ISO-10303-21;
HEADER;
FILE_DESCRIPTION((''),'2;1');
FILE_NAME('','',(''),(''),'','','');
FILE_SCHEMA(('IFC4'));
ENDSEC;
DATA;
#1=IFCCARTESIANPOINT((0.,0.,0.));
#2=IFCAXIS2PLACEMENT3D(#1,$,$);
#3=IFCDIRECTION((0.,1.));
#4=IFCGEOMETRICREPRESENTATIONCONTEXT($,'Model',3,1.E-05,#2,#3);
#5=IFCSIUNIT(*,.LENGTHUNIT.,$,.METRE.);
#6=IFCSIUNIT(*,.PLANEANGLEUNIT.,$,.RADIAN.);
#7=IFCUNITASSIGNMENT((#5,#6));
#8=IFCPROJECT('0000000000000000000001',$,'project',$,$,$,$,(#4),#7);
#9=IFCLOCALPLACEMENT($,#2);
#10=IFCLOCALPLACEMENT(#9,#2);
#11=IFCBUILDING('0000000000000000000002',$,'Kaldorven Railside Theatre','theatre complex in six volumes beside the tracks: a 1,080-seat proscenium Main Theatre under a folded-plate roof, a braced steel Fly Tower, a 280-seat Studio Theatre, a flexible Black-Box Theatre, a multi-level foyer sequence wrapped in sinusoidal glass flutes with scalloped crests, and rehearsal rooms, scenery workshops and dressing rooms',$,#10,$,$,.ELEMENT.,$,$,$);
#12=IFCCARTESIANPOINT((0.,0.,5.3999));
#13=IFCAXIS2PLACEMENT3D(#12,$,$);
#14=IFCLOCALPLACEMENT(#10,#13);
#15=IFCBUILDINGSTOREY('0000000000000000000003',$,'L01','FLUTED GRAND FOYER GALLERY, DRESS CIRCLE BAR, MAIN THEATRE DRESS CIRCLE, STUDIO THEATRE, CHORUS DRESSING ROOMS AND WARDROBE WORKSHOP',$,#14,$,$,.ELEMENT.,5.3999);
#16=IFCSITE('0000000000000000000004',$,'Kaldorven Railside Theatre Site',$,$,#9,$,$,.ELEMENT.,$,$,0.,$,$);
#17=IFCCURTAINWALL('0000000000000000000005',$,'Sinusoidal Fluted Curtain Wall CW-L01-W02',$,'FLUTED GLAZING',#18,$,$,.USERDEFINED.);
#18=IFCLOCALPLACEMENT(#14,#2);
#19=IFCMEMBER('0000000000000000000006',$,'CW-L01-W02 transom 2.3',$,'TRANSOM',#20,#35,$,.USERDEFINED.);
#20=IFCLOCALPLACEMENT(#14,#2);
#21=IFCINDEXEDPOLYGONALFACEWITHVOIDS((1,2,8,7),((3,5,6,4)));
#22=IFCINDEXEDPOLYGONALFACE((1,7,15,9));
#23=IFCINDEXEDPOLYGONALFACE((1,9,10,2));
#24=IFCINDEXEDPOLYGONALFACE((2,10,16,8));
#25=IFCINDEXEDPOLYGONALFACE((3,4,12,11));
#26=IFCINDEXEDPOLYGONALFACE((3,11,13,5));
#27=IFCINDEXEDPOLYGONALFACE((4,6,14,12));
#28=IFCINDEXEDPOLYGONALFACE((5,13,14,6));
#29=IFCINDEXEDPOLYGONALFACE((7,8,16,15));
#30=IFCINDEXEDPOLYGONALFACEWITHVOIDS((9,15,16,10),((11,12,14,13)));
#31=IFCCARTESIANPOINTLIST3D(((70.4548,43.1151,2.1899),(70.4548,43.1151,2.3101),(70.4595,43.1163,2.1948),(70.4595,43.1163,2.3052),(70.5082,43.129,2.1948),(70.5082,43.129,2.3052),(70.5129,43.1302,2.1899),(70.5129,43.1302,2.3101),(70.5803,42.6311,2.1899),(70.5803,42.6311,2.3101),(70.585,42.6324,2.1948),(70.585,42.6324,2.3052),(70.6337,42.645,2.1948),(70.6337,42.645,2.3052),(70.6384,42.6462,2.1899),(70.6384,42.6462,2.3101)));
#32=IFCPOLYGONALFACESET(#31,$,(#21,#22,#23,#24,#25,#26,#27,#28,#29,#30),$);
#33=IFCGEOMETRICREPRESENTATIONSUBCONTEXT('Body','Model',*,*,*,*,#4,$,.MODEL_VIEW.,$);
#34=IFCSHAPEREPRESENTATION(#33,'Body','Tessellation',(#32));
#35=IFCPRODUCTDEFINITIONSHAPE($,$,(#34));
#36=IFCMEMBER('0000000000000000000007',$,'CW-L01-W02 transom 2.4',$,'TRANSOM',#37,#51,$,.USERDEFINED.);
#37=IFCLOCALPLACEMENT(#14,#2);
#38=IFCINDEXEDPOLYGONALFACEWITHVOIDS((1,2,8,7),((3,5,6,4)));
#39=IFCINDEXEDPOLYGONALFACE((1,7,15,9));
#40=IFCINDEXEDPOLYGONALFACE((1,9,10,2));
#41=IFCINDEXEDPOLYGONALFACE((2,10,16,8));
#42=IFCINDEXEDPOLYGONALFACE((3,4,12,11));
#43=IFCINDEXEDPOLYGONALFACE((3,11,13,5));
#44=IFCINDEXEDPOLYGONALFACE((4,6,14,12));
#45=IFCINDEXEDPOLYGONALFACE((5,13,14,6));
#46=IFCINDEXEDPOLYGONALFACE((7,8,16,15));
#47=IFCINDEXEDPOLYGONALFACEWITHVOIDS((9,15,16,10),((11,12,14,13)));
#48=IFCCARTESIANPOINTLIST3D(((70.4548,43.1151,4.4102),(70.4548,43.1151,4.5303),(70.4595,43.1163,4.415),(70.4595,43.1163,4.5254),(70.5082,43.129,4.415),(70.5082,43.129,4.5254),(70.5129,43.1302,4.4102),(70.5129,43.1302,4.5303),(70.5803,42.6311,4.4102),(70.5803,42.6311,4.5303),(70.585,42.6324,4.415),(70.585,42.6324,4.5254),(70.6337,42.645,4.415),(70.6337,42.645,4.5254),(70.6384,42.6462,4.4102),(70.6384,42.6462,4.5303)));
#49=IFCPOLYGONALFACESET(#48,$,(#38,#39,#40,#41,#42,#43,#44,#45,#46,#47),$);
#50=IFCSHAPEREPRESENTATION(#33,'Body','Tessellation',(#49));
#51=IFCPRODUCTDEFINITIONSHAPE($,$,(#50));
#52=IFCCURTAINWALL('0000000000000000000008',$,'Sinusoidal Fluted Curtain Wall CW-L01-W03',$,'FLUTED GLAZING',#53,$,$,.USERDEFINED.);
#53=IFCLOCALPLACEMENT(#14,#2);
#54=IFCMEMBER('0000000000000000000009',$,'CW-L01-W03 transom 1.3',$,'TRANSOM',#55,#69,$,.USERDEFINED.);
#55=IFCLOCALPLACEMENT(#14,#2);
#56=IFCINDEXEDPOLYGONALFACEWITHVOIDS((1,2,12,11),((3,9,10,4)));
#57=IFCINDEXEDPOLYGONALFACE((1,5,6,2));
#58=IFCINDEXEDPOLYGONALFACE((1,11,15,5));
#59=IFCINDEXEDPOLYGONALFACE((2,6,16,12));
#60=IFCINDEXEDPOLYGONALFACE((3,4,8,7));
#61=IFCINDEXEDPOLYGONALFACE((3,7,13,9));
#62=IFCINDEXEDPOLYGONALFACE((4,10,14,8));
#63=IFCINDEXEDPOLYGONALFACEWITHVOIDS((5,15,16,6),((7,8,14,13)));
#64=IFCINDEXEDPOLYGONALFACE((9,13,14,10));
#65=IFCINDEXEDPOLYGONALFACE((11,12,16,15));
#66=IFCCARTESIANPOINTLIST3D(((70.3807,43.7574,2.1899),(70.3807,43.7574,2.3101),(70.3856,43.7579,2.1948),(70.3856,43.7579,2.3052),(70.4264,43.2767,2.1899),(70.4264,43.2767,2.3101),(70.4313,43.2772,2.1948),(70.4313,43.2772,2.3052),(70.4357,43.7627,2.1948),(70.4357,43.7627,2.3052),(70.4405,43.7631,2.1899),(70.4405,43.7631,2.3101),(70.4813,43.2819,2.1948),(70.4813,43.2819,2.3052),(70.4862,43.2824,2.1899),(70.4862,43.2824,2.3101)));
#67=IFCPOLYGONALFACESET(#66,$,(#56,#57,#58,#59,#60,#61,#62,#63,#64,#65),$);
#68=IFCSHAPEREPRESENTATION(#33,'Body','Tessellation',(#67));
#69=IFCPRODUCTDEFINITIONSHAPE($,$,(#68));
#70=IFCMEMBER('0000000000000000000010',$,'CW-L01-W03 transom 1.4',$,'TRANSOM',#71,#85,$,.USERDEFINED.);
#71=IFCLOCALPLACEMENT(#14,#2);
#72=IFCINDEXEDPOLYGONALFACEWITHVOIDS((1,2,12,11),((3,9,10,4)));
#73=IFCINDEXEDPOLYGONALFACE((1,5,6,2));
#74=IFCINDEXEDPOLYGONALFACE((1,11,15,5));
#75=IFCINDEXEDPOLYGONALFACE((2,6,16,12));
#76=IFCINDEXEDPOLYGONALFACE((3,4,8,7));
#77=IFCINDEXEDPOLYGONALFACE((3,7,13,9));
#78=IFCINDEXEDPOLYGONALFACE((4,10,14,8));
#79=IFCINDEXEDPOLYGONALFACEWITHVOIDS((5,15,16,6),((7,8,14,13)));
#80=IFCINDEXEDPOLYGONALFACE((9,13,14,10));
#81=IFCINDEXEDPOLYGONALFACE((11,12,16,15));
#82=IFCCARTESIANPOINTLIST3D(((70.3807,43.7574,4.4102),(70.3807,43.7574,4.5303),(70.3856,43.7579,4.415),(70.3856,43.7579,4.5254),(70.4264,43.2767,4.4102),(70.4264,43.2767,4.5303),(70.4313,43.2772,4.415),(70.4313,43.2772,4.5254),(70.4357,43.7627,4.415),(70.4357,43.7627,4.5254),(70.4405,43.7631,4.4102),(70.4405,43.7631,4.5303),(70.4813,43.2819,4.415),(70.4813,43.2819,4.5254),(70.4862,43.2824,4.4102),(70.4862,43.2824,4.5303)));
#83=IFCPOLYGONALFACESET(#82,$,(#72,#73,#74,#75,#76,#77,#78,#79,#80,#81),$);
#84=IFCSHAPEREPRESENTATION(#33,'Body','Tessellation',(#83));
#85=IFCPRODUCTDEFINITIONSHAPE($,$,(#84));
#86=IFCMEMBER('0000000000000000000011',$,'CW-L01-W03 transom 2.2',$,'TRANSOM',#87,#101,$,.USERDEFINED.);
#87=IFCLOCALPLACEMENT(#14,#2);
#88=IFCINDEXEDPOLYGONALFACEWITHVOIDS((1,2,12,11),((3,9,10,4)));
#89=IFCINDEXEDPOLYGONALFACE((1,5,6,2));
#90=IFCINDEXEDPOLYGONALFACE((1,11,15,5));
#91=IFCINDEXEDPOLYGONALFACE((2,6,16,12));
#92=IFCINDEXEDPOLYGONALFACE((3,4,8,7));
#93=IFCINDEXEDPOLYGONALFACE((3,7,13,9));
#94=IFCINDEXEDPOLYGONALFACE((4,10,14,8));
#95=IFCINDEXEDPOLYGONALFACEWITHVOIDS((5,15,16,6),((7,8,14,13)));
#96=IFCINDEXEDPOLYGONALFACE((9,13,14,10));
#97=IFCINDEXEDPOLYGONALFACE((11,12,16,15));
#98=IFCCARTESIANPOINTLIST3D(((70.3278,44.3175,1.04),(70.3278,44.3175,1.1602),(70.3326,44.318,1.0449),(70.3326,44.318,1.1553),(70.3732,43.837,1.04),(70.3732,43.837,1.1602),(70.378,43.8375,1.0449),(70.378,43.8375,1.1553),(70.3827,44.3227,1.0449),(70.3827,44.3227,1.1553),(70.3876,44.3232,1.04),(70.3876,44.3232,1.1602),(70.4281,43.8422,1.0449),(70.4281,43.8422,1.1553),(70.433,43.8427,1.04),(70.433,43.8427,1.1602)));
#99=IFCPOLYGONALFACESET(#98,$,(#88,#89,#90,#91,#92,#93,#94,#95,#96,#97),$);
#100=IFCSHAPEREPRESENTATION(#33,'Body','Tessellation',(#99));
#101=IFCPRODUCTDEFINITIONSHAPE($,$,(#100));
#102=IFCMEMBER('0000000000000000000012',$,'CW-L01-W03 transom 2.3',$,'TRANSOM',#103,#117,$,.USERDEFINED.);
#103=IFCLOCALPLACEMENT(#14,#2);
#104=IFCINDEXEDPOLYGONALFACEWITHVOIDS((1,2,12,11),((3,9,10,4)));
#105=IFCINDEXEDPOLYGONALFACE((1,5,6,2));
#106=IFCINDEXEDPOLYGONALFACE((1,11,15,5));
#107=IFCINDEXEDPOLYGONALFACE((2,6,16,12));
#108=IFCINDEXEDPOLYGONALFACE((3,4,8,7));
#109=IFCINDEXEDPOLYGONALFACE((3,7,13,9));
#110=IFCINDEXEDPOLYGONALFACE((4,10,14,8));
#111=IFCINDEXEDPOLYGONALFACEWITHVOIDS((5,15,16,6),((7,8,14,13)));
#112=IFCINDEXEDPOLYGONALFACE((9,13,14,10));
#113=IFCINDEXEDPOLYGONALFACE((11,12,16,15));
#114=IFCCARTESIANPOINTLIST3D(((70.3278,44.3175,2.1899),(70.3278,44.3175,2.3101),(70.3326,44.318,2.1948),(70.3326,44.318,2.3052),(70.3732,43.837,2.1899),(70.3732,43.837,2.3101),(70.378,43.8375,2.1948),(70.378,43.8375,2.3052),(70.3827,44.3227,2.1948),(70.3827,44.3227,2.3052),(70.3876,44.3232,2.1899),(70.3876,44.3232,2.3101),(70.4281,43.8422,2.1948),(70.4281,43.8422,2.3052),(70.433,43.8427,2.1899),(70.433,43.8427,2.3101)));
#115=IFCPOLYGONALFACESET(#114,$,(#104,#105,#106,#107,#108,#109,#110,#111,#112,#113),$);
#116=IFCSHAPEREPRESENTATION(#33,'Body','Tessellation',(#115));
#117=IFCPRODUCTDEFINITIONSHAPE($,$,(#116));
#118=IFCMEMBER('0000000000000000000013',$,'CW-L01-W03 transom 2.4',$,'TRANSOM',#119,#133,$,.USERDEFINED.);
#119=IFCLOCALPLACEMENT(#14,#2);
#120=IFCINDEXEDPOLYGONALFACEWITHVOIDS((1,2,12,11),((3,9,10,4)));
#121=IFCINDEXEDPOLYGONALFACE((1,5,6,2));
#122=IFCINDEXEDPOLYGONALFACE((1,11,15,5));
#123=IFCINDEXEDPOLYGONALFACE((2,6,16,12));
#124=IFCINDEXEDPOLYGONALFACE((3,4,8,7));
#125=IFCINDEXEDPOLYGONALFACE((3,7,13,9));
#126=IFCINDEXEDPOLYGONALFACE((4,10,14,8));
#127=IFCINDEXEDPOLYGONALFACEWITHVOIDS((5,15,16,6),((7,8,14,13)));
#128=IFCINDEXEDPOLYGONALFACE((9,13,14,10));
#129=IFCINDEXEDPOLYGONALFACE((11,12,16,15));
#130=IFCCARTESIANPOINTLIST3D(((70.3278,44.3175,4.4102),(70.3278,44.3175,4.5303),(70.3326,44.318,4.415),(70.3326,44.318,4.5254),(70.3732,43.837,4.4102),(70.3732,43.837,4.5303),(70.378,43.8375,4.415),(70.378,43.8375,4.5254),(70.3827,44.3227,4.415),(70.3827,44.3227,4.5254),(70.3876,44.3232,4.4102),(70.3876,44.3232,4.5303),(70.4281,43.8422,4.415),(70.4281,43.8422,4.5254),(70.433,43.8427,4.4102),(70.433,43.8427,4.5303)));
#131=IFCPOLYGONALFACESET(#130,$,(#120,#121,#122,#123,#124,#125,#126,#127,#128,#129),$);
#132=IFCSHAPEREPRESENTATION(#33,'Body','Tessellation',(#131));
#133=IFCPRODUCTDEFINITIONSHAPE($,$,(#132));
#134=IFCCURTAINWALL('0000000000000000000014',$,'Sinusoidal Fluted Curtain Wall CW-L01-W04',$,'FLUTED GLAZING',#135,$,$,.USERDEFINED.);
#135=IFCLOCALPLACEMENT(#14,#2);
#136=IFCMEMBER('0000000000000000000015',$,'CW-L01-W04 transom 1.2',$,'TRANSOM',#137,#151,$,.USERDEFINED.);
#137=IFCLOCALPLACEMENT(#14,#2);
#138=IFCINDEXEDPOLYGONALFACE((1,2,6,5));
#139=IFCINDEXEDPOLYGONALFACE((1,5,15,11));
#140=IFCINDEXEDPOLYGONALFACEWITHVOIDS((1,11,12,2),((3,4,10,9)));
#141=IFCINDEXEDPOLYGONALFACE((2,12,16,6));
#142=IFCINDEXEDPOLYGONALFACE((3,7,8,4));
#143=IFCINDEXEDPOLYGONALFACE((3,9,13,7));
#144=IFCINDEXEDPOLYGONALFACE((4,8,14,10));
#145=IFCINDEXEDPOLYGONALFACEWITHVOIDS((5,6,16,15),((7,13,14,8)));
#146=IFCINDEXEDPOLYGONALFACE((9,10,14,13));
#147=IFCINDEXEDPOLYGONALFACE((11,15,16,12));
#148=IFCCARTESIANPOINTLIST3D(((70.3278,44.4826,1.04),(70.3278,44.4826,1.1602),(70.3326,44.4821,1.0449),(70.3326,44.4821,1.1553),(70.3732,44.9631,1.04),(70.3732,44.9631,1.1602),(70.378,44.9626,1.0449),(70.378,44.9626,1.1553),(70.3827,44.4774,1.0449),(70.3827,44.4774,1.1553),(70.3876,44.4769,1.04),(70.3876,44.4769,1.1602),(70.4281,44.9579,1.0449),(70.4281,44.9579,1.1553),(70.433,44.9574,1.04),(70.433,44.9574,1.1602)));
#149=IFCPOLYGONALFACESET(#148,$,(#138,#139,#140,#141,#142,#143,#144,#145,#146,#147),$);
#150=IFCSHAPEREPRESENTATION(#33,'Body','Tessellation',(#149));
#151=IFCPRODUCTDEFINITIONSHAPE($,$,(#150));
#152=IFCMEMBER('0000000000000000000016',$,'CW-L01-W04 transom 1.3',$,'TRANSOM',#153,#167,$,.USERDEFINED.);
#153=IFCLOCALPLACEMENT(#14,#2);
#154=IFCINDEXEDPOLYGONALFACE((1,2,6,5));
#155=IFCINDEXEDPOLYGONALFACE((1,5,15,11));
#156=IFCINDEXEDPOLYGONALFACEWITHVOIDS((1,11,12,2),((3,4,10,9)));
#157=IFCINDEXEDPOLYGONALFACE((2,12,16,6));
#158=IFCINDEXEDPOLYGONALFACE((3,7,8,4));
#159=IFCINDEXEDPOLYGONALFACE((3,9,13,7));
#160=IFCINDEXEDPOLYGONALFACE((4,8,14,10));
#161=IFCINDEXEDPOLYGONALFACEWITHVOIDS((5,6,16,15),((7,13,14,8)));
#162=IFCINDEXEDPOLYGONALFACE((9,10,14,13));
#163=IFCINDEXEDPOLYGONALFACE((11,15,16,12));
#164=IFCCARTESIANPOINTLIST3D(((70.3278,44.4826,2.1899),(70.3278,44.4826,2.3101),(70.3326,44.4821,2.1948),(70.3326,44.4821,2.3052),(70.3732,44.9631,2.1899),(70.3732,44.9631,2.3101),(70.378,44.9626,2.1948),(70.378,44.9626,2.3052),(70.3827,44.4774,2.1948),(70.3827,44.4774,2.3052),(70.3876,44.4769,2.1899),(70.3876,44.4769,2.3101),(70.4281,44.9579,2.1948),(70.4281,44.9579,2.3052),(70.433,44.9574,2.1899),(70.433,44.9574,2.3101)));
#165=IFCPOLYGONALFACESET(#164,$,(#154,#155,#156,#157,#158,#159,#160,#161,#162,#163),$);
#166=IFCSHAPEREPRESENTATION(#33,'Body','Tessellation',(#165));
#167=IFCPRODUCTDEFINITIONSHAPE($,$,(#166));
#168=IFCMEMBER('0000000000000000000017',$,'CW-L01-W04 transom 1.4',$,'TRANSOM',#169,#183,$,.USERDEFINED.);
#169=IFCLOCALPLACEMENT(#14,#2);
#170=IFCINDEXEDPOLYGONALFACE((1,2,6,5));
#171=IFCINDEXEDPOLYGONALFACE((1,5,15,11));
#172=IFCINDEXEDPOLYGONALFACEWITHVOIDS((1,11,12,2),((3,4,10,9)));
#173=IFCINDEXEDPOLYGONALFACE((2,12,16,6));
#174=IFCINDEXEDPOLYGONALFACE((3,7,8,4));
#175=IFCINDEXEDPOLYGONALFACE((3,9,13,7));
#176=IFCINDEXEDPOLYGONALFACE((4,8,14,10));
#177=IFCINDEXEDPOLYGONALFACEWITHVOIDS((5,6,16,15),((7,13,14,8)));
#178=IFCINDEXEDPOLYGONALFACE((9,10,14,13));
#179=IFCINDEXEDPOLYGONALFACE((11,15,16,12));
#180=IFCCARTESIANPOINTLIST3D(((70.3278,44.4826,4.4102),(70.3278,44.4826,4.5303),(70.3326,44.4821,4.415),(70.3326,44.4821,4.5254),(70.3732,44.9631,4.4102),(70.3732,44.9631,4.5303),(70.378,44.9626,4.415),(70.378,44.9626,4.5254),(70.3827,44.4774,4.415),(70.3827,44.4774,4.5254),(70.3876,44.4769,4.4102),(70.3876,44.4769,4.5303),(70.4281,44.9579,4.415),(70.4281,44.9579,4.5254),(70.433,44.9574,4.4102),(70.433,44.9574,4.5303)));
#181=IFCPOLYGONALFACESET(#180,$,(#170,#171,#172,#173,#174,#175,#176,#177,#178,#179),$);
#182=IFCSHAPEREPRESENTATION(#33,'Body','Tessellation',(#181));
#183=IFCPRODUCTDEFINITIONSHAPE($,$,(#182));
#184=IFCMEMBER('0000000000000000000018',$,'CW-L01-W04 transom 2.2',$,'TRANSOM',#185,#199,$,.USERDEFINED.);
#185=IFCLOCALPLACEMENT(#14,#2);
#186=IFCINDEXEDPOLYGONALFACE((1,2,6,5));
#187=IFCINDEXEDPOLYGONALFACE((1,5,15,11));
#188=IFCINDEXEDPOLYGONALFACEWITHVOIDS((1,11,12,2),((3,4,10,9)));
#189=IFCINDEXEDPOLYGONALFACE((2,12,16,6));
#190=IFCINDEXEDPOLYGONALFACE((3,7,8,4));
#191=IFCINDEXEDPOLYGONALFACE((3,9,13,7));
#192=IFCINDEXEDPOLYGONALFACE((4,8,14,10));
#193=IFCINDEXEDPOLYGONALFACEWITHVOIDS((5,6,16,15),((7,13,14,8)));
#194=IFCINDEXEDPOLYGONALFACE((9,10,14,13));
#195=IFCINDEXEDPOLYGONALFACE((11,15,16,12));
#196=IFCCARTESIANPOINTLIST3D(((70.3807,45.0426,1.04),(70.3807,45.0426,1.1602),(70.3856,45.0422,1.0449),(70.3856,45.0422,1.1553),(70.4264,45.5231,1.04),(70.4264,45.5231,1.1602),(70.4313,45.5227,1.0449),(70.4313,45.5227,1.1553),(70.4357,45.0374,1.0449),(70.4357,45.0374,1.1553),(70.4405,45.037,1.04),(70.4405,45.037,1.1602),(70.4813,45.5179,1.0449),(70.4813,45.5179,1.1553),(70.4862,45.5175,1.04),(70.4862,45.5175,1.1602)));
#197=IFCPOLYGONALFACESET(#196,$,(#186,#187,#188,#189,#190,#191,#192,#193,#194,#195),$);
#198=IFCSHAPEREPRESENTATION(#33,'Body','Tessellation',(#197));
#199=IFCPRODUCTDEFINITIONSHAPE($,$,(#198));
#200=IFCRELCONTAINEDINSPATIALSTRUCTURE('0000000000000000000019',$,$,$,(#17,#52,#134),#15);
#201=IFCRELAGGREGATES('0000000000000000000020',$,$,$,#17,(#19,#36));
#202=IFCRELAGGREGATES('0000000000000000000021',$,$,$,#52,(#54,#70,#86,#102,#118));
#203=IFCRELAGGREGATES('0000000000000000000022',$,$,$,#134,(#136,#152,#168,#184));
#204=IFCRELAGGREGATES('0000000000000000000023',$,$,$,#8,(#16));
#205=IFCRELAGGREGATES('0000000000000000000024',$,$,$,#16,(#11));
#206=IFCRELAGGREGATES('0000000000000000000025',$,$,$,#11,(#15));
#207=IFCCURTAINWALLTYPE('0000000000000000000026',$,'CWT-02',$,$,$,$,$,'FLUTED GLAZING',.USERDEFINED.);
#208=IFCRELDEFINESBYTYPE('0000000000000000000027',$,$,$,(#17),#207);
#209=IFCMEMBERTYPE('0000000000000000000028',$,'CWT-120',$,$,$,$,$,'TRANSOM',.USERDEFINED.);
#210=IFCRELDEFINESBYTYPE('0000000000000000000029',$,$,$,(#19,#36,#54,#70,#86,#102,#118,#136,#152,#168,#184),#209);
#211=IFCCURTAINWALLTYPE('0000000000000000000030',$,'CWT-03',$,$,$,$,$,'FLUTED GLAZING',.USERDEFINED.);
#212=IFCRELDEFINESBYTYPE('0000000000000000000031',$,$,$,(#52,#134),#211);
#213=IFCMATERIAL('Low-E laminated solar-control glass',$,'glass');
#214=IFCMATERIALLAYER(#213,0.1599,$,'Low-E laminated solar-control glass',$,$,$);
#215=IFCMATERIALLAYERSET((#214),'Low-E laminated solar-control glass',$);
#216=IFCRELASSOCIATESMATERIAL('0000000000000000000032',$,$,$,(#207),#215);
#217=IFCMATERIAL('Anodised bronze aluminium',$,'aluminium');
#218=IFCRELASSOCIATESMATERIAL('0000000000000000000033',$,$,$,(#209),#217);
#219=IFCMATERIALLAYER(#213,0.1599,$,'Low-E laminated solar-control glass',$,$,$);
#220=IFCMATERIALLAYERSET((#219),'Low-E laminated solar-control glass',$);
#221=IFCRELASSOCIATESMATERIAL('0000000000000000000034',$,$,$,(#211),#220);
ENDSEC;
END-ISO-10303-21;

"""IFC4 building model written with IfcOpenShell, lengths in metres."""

from ifc_helpers import new_model, si_unit, direction, frame, origin, origin_2d, place, context, subcontext, project, spatial, hollow_rectangle, extrude, material, layer, layer_set, material_profile, profile_set, type_object, element, aggregate, save


model = new_model("IFC4")

# Units and contexts
model_context = context("Model", 3, precision=1e-05, world=origin(), true_north=direction((0.0, 1.0)))
body_context = subcontext(model_context, "Body", "Model", "MODEL_VIEW")
ifc_project = project(units=[si_unit("LENGTHUNIT", "METRE"), si_unit("PLANEANGLEUNIT", "RADIAN")], contexts=[model_context])

# Site, building, storey
site_placement = place(None, origin())
site = spatial("IfcSite", under=ifc_project, at=site_placement, Name="Kaldorven Railside Theatre Site", CompositionType="ELEMENT", RefElevation=0.0)
building_placement = place(site_placement, origin())
building = spatial("IfcBuilding", under=site, at=building_placement, Name="Kaldorven Railside Theatre", Description="theatre complex in six volumes beside the tracks: a 1,080-seat proscenium Main Theatre under a folded-plate roof, a braced steel Fly Tower, a 280-seat Studio Theatre, a flexible Black-Box Theatre, a multi-level foyer sequence wrapped in sinusoidal glass flutes with scalloped crests, and rehearsal rooms, scenery workshops and dressing rooms", CompositionType="ELEMENT")
storey_placement = place(building_placement, frame((0.0, 0.0, 5.3999)))
storey = spatial("IfcBuildingStorey", under=building, at=storey_placement, Name="L01", Description="FLUTED GRAND FOYER GALLERY, DRESS CIRCLE BAR, MAIN THEATRE DRESS CIRCLE, STUDIO THEATRE, CHORUS DRESSING ROOMS AND WARDROBE WORKSHOP", CompositionType="ELEMENT", Elevation=5.3999)

# Curtain walls, members
ifc_material_1 = material(Name="Low-E laminated solar-control glass", Category="glass")
ifc_layer_1 = layer(ifc_material_1, 0.1599, Name="Low-E laminated solar-control glass")
ifc_layer_set_1 = layer_set([ifc_layer_1], Name="Low-E laminated solar-control glass")
curtain_wall_type_1 = type_object("IfcCurtainWallType", Name="CWT-02", ElementType="FLUTED GLAZING", PredefinedType="USERDEFINED", material=ifc_layer_set_1)
curtain_wall_1_placement = place(storey_placement, origin())
curtain_wall_1 = element("IfcCurtainWall", 1, at=curtain_wall_1_placement, inside=storey, type_object=curtain_wall_type_1, Name="Sinusoidal Fluted Curtain Wall CW-L01-W02", ObjectType="FLUTED GLAZING", PredefinedType="USERDEFINED")
ifc_material_2 = material(Name="Anodised bronze aluminium", Category="aluminium")
ifc_material_profile = material_profile(ifc_material_2, hollow_rectangle(XDim=0.0601, YDim=0.1201, WallThickness=0.0049, at=origin_2d()), Name="RHS 120x60x5")
ifc_profile_set = profile_set([ifc_material_profile], Name="Anodised bronze aluminium")
member_type = type_object("IfcMemberType", Name="CWT-120", ElementType="TRANSOM", PredefinedType="USERDEFINED", material=ifc_profile_set)
member_1_placement = place(storey_placement, frame((70.6094, 42.6387, 2.25), z_axis=(-0.25103, 0.967979, 0.0), x_axis=(-0.967979, -0.25103, 0.0)))
member_1 = element("IfcMember", 2, at=member_1_placement, type_object=member_type, Name="CW-L01-W02 transom 2.3", ObjectType="TRANSOM", PredefinedType="USERDEFINED", context=body_context, shape_type="SweptSolid", body=[
    extrude(hollow_rectangle(XDim=0.0601, YDim=0.1201, WallThickness=0.0049, at=origin_2d()), origin(), (0.0, 0.0, 1.0), 0.5),
])
member_2_placement = place(storey_placement, frame((70.6094, 42.6387, 4.4702), z_axis=(-0.25103, 0.967979, 0.0), x_axis=(-0.967979, -0.25103, 0.0)))
member_2 = element("IfcMember", 3, at=member_2_placement, type_object=member_type, Name="CW-L01-W02 transom 2.4", ObjectType="TRANSOM", PredefinedType="USERDEFINED", context=body_context, shape_type="SweptSolid", body=[
    extrude(hollow_rectangle(XDim=0.0601, YDim=0.1201, WallThickness=0.0049, at=origin_2d()), origin(), (0.0, 0.0, 1.0), 0.5),
])
ifc_layer_2 = layer(ifc_material_1, 0.1599, Name="Low-E laminated solar-control glass")
ifc_layer_set_2 = layer_set([ifc_layer_2], Name="Low-E laminated solar-control glass")
curtain_wall_type_2 = type_object("IfcCurtainWallType", Name="CWT-03", ElementType="FLUTED GLAZING", PredefinedType="USERDEFINED", material=ifc_layer_set_2)
curtain_wall_2_placement = place(storey_placement, origin())
curtain_wall_2 = element("IfcCurtainWall", 4, at=curtain_wall_2_placement, inside=storey, type_object=curtain_wall_type_2, Name="Sinusoidal Fluted Curtain Wall CW-L01-W03", ObjectType="FLUTED GLAZING", PredefinedType="USERDEFINED")
member_3_placement = place(storey_placement, frame((70.4563, 43.2795, 2.25), z_axis=(-0.094547, 0.99552, 0.0), x_axis=(-0.99552, -0.094547, 0.0)))
member_3 = element("IfcMember", 5, at=member_3_placement, type_object=member_type, Name="CW-L01-W03 transom 1.3", ObjectType="TRANSOM", PredefinedType="USERDEFINED", context=body_context, shape_type="SweptSolid", body=[
    extrude(hollow_rectangle(XDim=0.0601, YDim=0.1201, WallThickness=0.0049, at=origin_2d()), origin(), (0.0, 0.0, 1.0), 0.4829),
])
member_4_placement = place(storey_placement, frame((70.4563, 43.2795, 4.4702), z_axis=(-0.094547, 0.99552, 0.0), x_axis=(-0.99552, -0.094547, 0.0)))
member_4 = element("IfcMember", 6, at=member_4_placement, type_object=member_type, Name="CW-L01-W03 transom 1.4", ObjectType="TRANSOM", PredefinedType="USERDEFINED", context=body_context, shape_type="SweptSolid", body=[
    extrude(hollow_rectangle(XDim=0.0601, YDim=0.1201, WallThickness=0.0049, at=origin_2d()), origin(), (0.0, 0.0, 1.0), 0.4829),
])
member_5_placement = place(storey_placement, frame((70.4031, 43.8398, 1.1001), z_axis=(-0.094093, 0.995563, 0.0), x_axis=(-0.995563, -0.094093, 0.0)))
member_5 = element("IfcMember", 7, at=member_5_placement, type_object=member_type, Name="CW-L01-W03 transom 2.2", ObjectType="TRANSOM", PredefinedType="USERDEFINED", context=body_context, shape_type="SweptSolid", body=[
    extrude(hollow_rectangle(XDim=0.0601, YDim=0.1201, WallThickness=0.0049, at=origin_2d()), origin(), (0.0, 0.0, 1.0), 0.4827),
])
member_6_placement = place(storey_placement, frame((70.4031, 43.8398, 2.25), z_axis=(-0.094093, 0.995563, 0.0), x_axis=(-0.995563, -0.094093, 0.0)))
member_6 = element("IfcMember", 8, at=member_6_placement, type_object=member_type, Name="CW-L01-W03 transom 2.3", ObjectType="TRANSOM", PredefinedType="USERDEFINED", context=body_context, shape_type="SweptSolid", body=[
    extrude(hollow_rectangle(XDim=0.0601, YDim=0.1201, WallThickness=0.0049, at=origin_2d()), origin(), (0.0, 0.0, 1.0), 0.4827),
])
member_7_placement = place(storey_placement, frame((70.4031, 43.8398, 4.4702), z_axis=(-0.094093, 0.995563, 0.0), x_axis=(-0.995563, -0.094093, 0.0)))
member_7 = element("IfcMember", 9, at=member_7_placement, type_object=member_type, Name="CW-L01-W03 transom 2.4", ObjectType="TRANSOM", PredefinedType="USERDEFINED", context=body_context, shape_type="SweptSolid", body=[
    extrude(hollow_rectangle(XDim=0.0601, YDim=0.1201, WallThickness=0.0049, at=origin_2d()), origin(), (0.0, 0.0, 1.0), 0.4827),
])
curtain_wall_3_placement = place(storey_placement, origin())
curtain_wall_3 = element("IfcCurtainWall", 10, at=curtain_wall_3_placement, inside=storey, type_object=curtain_wall_type_2, Name="Sinusoidal Fluted Curtain Wall CW-L01-W04", ObjectType="FLUTED GLAZING", PredefinedType="USERDEFINED")
member_8_placement = place(storey_placement, frame((70.3577, 44.4797, 1.1001), z_axis=(0.094093, 0.995563, 0.0), x_axis=(-0.995563, 0.094093, 0.0)))
member_8 = element("IfcMember", 11, at=member_8_placement, type_object=member_type, Name="CW-L01-W04 transom 1.2", ObjectType="TRANSOM", PredefinedType="USERDEFINED", context=body_context, shape_type="SweptSolid", body=[
    extrude(hollow_rectangle(XDim=0.0601, YDim=0.1201, WallThickness=0.0049, at=origin_2d()), origin(), (0.0, 0.0, 1.0), 0.4827),
])
member_9_placement = place(storey_placement, frame((70.3577, 44.4797, 2.25), z_axis=(0.094093, 0.995563, 0.0), x_axis=(-0.995563, 0.094093, 0.0)))
member_9 = element("IfcMember", 12, at=member_9_placement, type_object=member_type, Name="CW-L01-W04 transom 1.3", ObjectType="TRANSOM", PredefinedType="USERDEFINED", context=body_context, shape_type="SweptSolid", body=[
    extrude(hollow_rectangle(XDim=0.0601, YDim=0.1201, WallThickness=0.0049, at=origin_2d()), origin(), (0.0, 0.0, 1.0), 0.4827),
])
member_10_placement = place(storey_placement, frame((70.3577, 44.4797, 4.4702), z_axis=(0.094093, 0.995563, 0.0), x_axis=(-0.995563, 0.094093, 0.0)))
member_10 = element("IfcMember", 13, at=member_10_placement, type_object=member_type, Name="CW-L01-W04 transom 1.4", ObjectType="TRANSOM", PredefinedType="USERDEFINED", context=body_context, shape_type="SweptSolid", body=[
    extrude(hollow_rectangle(XDim=0.0601, YDim=0.1201, WallThickness=0.0049, at=origin_2d()), origin(), (0.0, 0.0, 1.0), 0.4827),
])
member_11_placement = place(storey_placement, frame((70.4106, 45.0398, 1.1001), z_axis=(0.094594, 0.995516, 0.0), x_axis=(-0.995516, 0.094594, 0.0)))
member_11 = element("IfcMember", 14, at=member_11_placement, type_object=member_type, Name="CW-L01-W04 transom 2.2", ObjectType="TRANSOM", PredefinedType="USERDEFINED", context=body_context, shape_type="SweptSolid", body=[
    extrude(hollow_rectangle(XDim=0.0601, YDim=0.1201, WallThickness=0.0049, at=origin_2d()), origin(), (0.0, 0.0, 1.0), 0.4827),
])

aggregate(curtain_wall_1, [member_1, member_2])
aggregate(curtain_wall_2, [member_3, member_4, member_5, member_6, member_7])
aggregate(curtain_wall_3, [member_8, member_9, member_10, member_11])

save(model, "model.ifc")
